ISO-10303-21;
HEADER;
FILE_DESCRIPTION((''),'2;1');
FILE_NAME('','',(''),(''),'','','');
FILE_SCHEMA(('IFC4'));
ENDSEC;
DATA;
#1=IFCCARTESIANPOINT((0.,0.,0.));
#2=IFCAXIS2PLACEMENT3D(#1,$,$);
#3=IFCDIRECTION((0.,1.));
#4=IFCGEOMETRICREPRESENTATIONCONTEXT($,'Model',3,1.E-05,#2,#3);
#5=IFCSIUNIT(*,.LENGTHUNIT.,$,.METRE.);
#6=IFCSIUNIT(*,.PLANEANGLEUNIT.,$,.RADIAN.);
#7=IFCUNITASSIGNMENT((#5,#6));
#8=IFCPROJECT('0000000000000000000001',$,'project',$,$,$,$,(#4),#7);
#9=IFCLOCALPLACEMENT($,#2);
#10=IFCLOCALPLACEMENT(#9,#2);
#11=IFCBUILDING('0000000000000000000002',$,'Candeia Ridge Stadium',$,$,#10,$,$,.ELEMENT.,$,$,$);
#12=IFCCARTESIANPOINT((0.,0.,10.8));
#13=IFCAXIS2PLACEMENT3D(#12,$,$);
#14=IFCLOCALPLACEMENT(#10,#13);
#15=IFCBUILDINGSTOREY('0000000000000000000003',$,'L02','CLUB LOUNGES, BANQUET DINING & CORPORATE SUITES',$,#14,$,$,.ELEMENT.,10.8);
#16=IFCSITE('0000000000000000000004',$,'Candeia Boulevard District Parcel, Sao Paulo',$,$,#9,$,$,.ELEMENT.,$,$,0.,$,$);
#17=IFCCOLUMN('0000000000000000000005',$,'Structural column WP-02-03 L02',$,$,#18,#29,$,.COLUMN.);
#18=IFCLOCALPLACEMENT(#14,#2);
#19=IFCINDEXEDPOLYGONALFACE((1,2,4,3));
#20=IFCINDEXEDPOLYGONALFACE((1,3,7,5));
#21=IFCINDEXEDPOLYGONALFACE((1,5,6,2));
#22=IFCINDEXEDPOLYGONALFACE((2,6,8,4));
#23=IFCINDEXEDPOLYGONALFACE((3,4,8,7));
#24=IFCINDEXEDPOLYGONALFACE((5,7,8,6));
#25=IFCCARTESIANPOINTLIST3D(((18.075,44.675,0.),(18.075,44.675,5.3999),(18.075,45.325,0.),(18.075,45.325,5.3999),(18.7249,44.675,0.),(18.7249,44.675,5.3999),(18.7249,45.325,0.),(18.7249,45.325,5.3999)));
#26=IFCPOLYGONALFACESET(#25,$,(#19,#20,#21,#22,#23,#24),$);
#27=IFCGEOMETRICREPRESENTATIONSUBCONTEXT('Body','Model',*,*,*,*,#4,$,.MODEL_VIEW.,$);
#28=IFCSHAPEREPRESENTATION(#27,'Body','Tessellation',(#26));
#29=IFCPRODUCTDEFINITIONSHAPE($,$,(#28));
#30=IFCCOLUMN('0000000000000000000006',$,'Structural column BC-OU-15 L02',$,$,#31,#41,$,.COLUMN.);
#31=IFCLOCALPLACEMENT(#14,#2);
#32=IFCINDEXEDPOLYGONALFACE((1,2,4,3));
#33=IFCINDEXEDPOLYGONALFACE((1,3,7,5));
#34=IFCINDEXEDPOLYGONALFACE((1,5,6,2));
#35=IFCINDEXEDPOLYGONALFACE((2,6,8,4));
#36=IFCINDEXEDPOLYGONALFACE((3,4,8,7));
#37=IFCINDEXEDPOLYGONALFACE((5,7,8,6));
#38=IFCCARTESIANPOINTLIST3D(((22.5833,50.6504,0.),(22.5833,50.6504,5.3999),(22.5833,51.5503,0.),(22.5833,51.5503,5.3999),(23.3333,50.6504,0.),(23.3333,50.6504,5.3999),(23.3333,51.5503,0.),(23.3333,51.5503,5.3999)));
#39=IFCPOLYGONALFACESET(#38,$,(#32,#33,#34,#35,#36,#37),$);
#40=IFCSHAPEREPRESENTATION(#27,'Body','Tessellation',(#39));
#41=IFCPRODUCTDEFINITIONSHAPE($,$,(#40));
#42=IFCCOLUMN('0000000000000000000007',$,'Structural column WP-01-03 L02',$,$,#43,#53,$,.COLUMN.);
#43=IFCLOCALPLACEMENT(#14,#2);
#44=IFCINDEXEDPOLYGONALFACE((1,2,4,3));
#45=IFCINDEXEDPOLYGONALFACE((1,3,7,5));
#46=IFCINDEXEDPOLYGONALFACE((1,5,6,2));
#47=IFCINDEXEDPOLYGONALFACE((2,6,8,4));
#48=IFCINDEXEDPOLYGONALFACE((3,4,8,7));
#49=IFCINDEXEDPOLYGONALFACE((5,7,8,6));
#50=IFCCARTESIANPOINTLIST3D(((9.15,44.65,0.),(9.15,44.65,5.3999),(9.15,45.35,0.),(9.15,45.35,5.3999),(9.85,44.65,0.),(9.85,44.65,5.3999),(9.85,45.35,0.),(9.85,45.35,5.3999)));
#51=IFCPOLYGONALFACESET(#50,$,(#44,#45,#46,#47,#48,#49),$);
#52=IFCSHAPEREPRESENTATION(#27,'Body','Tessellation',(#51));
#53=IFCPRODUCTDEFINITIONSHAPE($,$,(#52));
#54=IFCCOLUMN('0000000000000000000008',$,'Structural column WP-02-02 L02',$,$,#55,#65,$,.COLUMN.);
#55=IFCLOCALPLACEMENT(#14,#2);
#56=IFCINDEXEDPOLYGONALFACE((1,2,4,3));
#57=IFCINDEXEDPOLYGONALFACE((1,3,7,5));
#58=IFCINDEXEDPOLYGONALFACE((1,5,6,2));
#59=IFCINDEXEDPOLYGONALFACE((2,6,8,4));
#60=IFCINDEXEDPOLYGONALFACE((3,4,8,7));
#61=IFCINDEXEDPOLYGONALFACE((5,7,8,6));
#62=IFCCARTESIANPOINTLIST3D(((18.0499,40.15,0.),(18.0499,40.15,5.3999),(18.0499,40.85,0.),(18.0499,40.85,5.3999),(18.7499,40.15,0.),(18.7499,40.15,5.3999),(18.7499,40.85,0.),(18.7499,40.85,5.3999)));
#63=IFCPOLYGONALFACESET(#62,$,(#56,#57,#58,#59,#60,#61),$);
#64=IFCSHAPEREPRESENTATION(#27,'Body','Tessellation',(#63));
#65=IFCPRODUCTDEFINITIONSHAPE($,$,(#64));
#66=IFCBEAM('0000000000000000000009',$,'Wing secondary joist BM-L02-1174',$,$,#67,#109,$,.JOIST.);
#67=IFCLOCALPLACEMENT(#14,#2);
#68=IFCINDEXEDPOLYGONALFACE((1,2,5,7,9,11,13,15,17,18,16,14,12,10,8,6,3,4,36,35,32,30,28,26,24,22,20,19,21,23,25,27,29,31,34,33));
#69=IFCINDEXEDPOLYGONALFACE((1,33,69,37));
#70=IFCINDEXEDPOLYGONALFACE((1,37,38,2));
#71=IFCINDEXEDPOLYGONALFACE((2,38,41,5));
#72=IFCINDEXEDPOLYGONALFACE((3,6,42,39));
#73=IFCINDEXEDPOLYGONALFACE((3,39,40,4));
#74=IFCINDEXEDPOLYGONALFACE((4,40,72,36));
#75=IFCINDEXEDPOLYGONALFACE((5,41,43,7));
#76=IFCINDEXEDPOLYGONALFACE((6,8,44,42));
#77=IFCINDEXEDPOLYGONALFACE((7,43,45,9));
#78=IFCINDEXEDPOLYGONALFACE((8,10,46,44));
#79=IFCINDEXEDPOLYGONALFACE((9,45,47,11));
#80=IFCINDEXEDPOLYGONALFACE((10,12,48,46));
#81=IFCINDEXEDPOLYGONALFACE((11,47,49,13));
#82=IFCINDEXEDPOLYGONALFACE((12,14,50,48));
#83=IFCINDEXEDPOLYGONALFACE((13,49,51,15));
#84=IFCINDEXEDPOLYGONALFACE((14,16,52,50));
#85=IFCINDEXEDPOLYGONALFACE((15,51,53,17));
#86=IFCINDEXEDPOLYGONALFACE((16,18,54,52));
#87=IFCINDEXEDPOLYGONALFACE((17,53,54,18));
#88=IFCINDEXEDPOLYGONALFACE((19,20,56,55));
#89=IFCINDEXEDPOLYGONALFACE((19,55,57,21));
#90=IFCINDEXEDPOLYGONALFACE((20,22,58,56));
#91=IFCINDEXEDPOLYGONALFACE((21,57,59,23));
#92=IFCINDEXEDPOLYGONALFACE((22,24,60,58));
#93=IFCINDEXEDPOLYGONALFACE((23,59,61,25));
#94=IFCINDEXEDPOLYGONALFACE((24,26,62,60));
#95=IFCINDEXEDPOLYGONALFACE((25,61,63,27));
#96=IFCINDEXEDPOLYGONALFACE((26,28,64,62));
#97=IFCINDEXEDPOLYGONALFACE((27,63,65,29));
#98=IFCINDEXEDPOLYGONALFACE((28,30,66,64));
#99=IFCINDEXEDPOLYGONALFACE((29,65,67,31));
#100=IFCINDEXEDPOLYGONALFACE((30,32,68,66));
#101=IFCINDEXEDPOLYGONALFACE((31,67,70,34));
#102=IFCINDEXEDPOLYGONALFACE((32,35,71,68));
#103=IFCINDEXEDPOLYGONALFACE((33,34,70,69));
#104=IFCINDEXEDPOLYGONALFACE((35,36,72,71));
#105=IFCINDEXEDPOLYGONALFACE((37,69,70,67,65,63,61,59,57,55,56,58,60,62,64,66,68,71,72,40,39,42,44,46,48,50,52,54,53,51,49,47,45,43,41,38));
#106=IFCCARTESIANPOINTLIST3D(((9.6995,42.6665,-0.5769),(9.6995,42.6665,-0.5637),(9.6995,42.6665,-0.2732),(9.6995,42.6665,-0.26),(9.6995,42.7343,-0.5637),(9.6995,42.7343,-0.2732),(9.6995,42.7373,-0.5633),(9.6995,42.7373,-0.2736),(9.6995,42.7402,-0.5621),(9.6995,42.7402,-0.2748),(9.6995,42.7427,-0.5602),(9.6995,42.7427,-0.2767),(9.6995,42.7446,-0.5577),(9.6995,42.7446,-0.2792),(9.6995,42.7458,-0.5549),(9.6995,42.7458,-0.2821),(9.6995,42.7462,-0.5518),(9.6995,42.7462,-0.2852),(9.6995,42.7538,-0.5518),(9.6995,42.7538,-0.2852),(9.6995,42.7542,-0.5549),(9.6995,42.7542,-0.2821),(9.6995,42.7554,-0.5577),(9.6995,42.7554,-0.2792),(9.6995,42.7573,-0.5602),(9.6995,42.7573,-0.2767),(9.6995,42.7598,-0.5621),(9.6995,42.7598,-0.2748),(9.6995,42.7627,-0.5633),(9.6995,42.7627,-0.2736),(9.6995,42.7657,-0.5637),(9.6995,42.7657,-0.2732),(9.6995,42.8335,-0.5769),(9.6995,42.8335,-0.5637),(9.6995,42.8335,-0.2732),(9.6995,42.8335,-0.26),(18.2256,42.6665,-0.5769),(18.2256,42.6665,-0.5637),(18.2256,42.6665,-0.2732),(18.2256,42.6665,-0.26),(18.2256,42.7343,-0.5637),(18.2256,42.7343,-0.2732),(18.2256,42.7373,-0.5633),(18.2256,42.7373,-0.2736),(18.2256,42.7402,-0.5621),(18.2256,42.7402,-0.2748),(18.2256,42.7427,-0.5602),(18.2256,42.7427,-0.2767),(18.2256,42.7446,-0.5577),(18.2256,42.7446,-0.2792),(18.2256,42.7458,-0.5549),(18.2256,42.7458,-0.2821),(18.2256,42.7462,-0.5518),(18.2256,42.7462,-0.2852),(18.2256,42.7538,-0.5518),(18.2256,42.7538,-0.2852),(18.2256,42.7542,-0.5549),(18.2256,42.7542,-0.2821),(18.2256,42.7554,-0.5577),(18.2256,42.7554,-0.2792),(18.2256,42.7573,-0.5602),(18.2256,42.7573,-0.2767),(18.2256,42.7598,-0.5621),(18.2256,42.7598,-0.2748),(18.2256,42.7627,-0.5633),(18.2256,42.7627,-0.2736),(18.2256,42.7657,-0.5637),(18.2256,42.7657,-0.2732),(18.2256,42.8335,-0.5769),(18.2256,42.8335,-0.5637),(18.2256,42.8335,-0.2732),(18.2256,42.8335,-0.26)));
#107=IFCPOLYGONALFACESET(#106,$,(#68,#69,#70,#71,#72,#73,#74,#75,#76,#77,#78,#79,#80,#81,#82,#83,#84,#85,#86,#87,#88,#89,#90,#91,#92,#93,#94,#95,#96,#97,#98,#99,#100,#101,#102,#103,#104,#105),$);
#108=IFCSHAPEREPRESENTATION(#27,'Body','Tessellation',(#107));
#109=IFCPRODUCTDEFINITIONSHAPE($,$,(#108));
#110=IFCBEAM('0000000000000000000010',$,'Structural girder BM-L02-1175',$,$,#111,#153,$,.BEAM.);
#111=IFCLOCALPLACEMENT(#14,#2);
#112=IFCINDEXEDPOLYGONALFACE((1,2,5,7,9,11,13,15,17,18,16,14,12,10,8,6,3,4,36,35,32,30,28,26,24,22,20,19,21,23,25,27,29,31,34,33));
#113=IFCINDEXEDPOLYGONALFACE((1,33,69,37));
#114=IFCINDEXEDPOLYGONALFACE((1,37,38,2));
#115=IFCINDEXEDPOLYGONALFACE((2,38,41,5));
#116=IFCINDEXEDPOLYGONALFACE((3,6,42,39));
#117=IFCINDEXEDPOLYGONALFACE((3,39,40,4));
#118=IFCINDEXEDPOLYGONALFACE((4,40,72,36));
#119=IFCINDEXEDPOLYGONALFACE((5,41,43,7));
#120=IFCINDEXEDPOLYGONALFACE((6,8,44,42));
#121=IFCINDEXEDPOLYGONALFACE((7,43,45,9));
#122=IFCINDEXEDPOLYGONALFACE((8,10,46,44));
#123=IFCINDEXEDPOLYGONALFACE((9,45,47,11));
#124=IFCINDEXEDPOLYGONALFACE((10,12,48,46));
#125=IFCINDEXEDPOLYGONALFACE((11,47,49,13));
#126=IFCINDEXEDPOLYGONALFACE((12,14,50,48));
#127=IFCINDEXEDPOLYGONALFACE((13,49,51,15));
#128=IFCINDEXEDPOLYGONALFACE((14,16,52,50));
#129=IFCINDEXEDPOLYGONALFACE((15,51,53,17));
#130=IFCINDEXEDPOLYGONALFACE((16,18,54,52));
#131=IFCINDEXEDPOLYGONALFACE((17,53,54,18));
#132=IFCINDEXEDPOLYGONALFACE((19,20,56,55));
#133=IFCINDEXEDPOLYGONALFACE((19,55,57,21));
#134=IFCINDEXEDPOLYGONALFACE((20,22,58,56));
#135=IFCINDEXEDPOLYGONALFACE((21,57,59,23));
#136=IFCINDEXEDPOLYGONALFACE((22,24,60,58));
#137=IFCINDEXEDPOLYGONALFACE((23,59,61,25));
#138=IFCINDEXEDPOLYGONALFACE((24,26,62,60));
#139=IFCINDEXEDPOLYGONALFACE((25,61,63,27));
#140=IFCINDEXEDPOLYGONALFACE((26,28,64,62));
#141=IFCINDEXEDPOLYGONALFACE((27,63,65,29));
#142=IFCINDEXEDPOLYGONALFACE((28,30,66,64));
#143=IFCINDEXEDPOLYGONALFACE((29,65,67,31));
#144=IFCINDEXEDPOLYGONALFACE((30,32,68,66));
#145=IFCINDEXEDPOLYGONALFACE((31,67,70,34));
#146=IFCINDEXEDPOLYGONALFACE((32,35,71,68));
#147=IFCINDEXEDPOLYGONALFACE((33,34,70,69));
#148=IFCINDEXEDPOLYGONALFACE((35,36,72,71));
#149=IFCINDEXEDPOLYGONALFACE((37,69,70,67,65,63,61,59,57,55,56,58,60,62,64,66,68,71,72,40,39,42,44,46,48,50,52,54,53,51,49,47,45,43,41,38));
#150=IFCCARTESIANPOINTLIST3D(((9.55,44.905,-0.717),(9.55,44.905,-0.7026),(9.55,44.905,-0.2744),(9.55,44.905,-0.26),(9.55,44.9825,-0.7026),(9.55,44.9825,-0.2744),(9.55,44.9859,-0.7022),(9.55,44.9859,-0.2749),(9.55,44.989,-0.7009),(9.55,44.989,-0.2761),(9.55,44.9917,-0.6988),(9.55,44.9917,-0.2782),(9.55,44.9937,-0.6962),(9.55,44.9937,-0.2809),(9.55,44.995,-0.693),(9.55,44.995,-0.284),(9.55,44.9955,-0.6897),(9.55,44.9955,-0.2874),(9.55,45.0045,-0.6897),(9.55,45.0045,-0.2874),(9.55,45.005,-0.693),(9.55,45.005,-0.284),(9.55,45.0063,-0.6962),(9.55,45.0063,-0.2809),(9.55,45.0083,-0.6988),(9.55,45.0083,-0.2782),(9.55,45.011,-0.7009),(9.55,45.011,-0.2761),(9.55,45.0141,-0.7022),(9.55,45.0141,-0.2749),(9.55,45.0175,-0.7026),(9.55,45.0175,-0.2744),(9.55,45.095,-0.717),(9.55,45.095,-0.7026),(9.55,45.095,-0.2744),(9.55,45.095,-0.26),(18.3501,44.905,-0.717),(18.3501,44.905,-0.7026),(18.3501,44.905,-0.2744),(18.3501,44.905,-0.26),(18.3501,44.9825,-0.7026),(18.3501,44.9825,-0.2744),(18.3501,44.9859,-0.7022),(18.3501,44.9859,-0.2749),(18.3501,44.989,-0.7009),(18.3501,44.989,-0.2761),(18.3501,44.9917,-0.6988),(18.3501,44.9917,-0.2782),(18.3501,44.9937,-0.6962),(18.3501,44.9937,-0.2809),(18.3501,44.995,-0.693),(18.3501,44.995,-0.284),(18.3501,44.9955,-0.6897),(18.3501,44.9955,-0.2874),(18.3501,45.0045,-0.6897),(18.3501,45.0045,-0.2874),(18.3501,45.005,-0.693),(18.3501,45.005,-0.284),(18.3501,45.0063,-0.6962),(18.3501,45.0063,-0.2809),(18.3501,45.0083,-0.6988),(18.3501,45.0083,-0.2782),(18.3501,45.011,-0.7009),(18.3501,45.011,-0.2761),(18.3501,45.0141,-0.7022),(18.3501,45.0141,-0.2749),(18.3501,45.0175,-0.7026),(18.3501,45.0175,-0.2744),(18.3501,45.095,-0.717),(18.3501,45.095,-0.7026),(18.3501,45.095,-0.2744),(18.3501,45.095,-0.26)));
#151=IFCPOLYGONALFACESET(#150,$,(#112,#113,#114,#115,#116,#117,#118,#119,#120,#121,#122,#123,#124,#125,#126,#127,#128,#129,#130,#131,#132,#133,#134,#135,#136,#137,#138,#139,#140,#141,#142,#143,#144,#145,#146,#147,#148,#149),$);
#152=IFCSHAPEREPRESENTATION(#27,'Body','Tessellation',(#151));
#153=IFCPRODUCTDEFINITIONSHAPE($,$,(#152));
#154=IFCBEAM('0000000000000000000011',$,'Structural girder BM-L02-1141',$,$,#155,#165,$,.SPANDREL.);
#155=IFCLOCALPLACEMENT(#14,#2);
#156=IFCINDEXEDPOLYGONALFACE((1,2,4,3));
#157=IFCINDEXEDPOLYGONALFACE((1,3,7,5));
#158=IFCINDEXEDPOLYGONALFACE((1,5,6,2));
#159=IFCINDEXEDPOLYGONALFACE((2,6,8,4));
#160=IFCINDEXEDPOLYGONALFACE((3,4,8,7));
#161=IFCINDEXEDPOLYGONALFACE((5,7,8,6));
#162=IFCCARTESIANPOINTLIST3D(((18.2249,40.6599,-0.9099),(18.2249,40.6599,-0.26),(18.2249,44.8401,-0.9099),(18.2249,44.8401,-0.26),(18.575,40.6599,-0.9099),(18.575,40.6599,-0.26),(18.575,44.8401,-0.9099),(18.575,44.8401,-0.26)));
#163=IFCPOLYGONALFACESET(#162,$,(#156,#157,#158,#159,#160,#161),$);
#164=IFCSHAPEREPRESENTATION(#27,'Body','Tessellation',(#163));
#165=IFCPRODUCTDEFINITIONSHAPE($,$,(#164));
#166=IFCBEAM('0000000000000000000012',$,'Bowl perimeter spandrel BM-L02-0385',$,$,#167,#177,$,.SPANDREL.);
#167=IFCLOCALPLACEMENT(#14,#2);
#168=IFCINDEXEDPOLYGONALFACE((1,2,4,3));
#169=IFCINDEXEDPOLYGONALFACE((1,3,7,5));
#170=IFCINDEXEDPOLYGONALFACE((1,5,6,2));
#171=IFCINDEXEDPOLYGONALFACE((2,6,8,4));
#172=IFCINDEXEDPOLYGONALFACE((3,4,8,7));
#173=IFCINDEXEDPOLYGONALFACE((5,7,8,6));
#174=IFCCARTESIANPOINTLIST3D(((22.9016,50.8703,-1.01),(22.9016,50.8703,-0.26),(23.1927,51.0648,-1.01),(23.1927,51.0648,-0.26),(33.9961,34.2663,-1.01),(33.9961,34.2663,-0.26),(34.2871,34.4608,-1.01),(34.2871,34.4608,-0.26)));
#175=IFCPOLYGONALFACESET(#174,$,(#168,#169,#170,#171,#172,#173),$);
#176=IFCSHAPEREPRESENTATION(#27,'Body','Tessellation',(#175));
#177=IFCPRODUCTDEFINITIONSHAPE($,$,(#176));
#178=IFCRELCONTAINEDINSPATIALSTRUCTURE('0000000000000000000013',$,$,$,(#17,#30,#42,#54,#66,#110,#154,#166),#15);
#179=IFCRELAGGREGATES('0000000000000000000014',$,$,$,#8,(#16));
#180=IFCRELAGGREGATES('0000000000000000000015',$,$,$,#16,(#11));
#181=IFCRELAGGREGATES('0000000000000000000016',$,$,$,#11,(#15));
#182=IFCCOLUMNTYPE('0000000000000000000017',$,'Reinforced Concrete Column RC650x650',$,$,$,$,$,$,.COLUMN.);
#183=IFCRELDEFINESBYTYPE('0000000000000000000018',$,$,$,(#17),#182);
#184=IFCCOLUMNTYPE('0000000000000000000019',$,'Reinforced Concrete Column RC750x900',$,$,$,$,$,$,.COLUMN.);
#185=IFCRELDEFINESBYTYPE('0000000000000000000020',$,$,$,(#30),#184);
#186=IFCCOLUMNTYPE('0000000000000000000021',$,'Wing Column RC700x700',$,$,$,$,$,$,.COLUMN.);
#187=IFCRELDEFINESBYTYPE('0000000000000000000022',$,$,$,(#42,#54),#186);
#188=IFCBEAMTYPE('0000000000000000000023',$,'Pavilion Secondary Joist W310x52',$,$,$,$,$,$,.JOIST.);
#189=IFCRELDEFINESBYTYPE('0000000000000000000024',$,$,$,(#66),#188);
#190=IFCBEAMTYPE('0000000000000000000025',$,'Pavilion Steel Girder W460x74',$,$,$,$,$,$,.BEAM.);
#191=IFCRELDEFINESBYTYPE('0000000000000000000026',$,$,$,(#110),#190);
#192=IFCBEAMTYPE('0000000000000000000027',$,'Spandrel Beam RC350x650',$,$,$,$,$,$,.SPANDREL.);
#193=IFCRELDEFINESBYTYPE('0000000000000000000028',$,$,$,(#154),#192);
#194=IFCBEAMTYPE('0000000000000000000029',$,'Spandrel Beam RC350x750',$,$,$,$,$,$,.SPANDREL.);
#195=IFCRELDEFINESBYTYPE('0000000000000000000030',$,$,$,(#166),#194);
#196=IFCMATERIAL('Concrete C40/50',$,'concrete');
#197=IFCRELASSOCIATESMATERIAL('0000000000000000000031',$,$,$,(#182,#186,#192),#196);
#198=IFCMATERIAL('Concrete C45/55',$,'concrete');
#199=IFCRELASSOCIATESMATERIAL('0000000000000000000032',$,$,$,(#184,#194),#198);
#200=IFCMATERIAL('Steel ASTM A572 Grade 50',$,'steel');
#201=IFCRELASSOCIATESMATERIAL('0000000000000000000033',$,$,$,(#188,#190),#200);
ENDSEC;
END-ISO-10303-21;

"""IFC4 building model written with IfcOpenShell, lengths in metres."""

from ifc_helpers import new_model, si_unit, direction, frame, origin, origin_2d, place, context, subcontext, project, spatial, rectangle, i_section, extrude, material, material_profile, profile_set, type_object, element, save


model = new_model("IFC4")

# Units and contexts
model_context = context("Model", 3, precision=1e-05, world=origin(), true_north=direction((0.0, 1.0)))
body_context = subcontext(model_context, "Body", "Model", "MODEL_VIEW")
ifc_project = project(units=[si_unit("LENGTHUNIT", "METRE"), si_unit("PLANEANGLEUNIT", "RADIAN")], contexts=[model_context])

# Site, building, storey
site_placement = place(None, origin())
site = spatial("IfcSite", under=ifc_project, at=site_placement, Name="Candeia Boulevard District Parcel, Sao Paulo", CompositionType="ELEMENT", RefElevation=0.0)
building_placement = place(site_placement, origin())
building = spatial("IfcBuilding", under=site, at=building_placement, Name="Candeia Ridge Stadium", CompositionType="ELEMENT")
storey_placement = place(building_placement, frame((0.0, 0.0, 10.8)))
storey = spatial("IfcBuildingStorey", under=building, at=storey_placement, Name="L02", Description="CLUB LOUNGES, BANQUET DINING & CORPORATE SUITES", CompositionType="ELEMENT", Elevation=10.8)

# Columns
ifc_material_1 = material(Name="Concrete C40/50", Category="concrete")
ifc_material_profile_1 = material_profile(ifc_material_1, rectangle(XDim=0.6499, YDim=0.6499, at=origin_2d()), Name="RC650x650", Category="concrete")
ifc_profile_set_1 = profile_set([ifc_material_profile_1], Name="Concrete C40/50")
column_type_1 = type_object("IfcColumnType", Name="Reinforced Concrete Column RC650x650", PredefinedType="COLUMN", material=ifc_profile_set_1)
column_1_placement = place(storey_placement, frame((18.3999, 45.0, 0.0), z_axis=(0.0, 0.0, 1.0), x_axis=(1.0, 0.0, 0.0)))
element("IfcColumn", 1, at=column_1_placement, inside=storey, type_object=column_type_1, Name="Structural column WP-02-03 L02", PredefinedType="COLUMN", context=body_context, shape_type="SweptSolid", body=[
    extrude(rectangle(XDim=0.6499, YDim=0.6499, at=origin_2d()), origin(), (0.0, 0.0, 1.0), 5.3999),
])
ifc_material_2 = material(Name="Concrete C45/55", Category="concrete")
ifc_material_profile_2 = material_profile(ifc_material_2, rectangle(XDim=0.75, YDim=0.8999, at=origin_2d()), Name="RC750x900", Category="concrete")
ifc_profile_set_2 = profile_set([ifc_material_profile_2], Name="Concrete C45/55")
column_type_2 = type_object("IfcColumnType", Name="Reinforced Concrete Column RC750x900", PredefinedType="COLUMN", material=ifc_profile_set_2)
column_2_placement = place(storey_placement, frame((22.9583, 51.1003, 0.0), z_axis=(0.0, 0.0, 1.0), x_axis=(1.0, 0.0, 0.0)))
element("IfcColumn", 2, at=column_2_placement, inside=storey, type_object=column_type_2, Name="Structural column BC-OU-15 L02", PredefinedType="COLUMN", context=body_context, shape_type="SweptSolid", body=[
    extrude(rectangle(XDim=0.75, YDim=0.8999, at=origin_2d()), origin(), (0.0, 0.0, 1.0), 5.3999),
])
ifc_material_profile_3 = material_profile(ifc_material_1, rectangle(XDim=0.7, YDim=0.7, at=origin_2d()), Name="RC700x700", Category="concrete")
ifc_profile_set_3 = profile_set([ifc_material_profile_3], Name="Concrete C40/50")
column_type_3 = type_object("IfcColumnType", Name="Wing Column RC700x700", PredefinedType="COLUMN", material=ifc_profile_set_3)
for number, where, z_axis, x_axis, name in (
    (3, (9.5, 45.0, 0.0), (0.0, 0.0, 1.0), (1.0, 0.0, 0.0), "Structural column WP-01-03 L02"),
    (4, (18.3999, 40.5, 0.0), (0.0, 0.0, 1.0), (1.0, 0.0, 0.0), "Structural column WP-02-02 L02"),
):
    element("IfcColumn", number, at=place(storey_placement, frame(where, z_axis=z_axis, x_axis=x_axis)), inside=storey, type_object=column_type_3, Name=name, PredefinedType="COLUMN", context=body_context, shape_type="SweptSolid", body=[
        extrude(rectangle(XDim=0.7, YDim=0.7, at=origin_2d()), origin(), (0.0, 0.0, 1.0), 5.3999),
    ])

# Beams
ifc_material_3 = material(Name="Steel ASTM A572 Grade 50", Category="steel")
ifc_material_profile_4 = material_profile(ifc_material_3, i_section(OverallWidth=0.167, OverallDepth=0.3169, WebThickness=0.0076, FlangeThickness=0.0132, FilletRadius=0.012, at=origin_2d()), Name="W310x52", Category="steel")
ifc_profile_set_4 = profile_set([ifc_material_profile_4], Name="Steel ASTM A572 Grade 50")
beam_type_1 = type_object("IfcBeamType", Name="Pavilion Secondary Joist W310x52", PredefinedType="JOIST", material=ifc_profile_set_4)
beam_1_placement = place(storey_placement, frame((9.6995, 42.75, -0.4185), z_axis=(1.0, 0.0, 0.0), x_axis=(0.0, 1.0, 0.0)))
element("IfcBeam", 5, at=beam_1_placement, inside=storey, type_object=beam_type_1, Name="Wing secondary joist BM-L02-1174", PredefinedType="JOIST", context=body_context, shape_type="SweptSolid", body=[
    extrude(i_section(OverallWidth=0.167, OverallDepth=0.3169, WebThickness=0.0076, FlangeThickness=0.0132, FilletRadius=0.012, at=origin_2d()), origin(), (0.0, 0.0, 1.0), 8.5261),
])
ifc_material_profile_5 = material_profile(ifc_material_3, i_section(OverallWidth=0.1899, OverallDepth=0.457, WebThickness=0.009, FlangeThickness=0.0144, FilletRadius=0.0129, at=origin_2d()), Name="W460x74", Category="steel")
ifc_profile_set_5 = profile_set([ifc_material_profile_5], Name="Steel ASTM A572 Grade 50")
beam_type_2 = type_object("IfcBeamType", Name="Pavilion Steel Girder W460x74", PredefinedType="BEAM", material=ifc_profile_set_5)
beam_2_placement = place(storey_placement, frame((9.55, 45.0, -0.4885), z_axis=(1.0, 0.0, 0.0), x_axis=(0.0, 1.0, 0.0)))
element("IfcBeam", 6, at=beam_2_placement, inside=storey, type_object=beam_type_2, Name="Structural girder BM-L02-1175", PredefinedType="BEAM", context=body_context, shape_type="SweptSolid", body=[
    extrude(i_section(OverallWidth=0.1899, OverallDepth=0.457, WebThickness=0.009, FlangeThickness=0.0144, FilletRadius=0.0129, at=origin_2d()), origin(), (0.0, 0.0, 1.0), 8.8),
])
ifc_material_profile_6 = material_profile(ifc_material_1, rectangle(XDim=0.3501, YDim=0.6499, at=origin_2d()), Name="RC350x650", Category="concrete")
ifc_profile_set_6 = profile_set([ifc_material_profile_6], Name="Concrete C40/50")
beam_type_3 = type_object("IfcBeamType", Name="Spandrel Beam RC350x650", PredefinedType="SPANDREL", material=ifc_profile_set_6)
beam_3_placement = place(storey_placement, frame((18.3999, 40.6599, -0.585), z_axis=(0.0, 1.0, 0.0), x_axis=(-1.0, 0.0, 0.0)))
element("IfcBeam", 7, at=beam_3_placement, inside=storey, type_object=beam_type_3, Name="Structural girder BM-L02-1141", PredefinedType="SPANDREL", context=body_context, shape_type="SweptSolid", body=[
    extrude(rectangle(XDim=0.3501, YDim=0.6499, at=origin_2d()), origin(), (0.0, 0.0, 1.0), 4.1802),
])
ifc_material_profile_7 = material_profile(ifc_material_2, rectangle(XDim=0.3501, YDim=0.75, at=origin_2d()), Name="RC350x750", Category="concrete")
ifc_profile_set_7 = profile_set([ifc_material_profile_7], Name="Concrete C45/55")
beam_type_4 = type_object("IfcBeamType", Name="Spandrel Beam RC350x750", PredefinedType="SPANDREL", material=ifc_profile_set_7)
beam_4_placement = place(storey_placement, frame((23.0471, 50.9675, -0.635), z_axis=(0.555572, -0.831469, 0.0), x_axis=(0.831469, 0.555572, 0.0)))
element("IfcBeam", 8, at=beam_4_placement, inside=storey, type_object=beam_type_4, Name="Bowl perimeter spandrel BM-L02-0385", PredefinedType="SPANDREL", context=body_context, shape_type="SweptSolid", body=[
    extrude(rectangle(XDim=0.3501, YDim=0.75, at=origin_2d()), origin(), (0.0, 0.0, 1.0), 19.9695),
])

save(model, "model.ifc")
